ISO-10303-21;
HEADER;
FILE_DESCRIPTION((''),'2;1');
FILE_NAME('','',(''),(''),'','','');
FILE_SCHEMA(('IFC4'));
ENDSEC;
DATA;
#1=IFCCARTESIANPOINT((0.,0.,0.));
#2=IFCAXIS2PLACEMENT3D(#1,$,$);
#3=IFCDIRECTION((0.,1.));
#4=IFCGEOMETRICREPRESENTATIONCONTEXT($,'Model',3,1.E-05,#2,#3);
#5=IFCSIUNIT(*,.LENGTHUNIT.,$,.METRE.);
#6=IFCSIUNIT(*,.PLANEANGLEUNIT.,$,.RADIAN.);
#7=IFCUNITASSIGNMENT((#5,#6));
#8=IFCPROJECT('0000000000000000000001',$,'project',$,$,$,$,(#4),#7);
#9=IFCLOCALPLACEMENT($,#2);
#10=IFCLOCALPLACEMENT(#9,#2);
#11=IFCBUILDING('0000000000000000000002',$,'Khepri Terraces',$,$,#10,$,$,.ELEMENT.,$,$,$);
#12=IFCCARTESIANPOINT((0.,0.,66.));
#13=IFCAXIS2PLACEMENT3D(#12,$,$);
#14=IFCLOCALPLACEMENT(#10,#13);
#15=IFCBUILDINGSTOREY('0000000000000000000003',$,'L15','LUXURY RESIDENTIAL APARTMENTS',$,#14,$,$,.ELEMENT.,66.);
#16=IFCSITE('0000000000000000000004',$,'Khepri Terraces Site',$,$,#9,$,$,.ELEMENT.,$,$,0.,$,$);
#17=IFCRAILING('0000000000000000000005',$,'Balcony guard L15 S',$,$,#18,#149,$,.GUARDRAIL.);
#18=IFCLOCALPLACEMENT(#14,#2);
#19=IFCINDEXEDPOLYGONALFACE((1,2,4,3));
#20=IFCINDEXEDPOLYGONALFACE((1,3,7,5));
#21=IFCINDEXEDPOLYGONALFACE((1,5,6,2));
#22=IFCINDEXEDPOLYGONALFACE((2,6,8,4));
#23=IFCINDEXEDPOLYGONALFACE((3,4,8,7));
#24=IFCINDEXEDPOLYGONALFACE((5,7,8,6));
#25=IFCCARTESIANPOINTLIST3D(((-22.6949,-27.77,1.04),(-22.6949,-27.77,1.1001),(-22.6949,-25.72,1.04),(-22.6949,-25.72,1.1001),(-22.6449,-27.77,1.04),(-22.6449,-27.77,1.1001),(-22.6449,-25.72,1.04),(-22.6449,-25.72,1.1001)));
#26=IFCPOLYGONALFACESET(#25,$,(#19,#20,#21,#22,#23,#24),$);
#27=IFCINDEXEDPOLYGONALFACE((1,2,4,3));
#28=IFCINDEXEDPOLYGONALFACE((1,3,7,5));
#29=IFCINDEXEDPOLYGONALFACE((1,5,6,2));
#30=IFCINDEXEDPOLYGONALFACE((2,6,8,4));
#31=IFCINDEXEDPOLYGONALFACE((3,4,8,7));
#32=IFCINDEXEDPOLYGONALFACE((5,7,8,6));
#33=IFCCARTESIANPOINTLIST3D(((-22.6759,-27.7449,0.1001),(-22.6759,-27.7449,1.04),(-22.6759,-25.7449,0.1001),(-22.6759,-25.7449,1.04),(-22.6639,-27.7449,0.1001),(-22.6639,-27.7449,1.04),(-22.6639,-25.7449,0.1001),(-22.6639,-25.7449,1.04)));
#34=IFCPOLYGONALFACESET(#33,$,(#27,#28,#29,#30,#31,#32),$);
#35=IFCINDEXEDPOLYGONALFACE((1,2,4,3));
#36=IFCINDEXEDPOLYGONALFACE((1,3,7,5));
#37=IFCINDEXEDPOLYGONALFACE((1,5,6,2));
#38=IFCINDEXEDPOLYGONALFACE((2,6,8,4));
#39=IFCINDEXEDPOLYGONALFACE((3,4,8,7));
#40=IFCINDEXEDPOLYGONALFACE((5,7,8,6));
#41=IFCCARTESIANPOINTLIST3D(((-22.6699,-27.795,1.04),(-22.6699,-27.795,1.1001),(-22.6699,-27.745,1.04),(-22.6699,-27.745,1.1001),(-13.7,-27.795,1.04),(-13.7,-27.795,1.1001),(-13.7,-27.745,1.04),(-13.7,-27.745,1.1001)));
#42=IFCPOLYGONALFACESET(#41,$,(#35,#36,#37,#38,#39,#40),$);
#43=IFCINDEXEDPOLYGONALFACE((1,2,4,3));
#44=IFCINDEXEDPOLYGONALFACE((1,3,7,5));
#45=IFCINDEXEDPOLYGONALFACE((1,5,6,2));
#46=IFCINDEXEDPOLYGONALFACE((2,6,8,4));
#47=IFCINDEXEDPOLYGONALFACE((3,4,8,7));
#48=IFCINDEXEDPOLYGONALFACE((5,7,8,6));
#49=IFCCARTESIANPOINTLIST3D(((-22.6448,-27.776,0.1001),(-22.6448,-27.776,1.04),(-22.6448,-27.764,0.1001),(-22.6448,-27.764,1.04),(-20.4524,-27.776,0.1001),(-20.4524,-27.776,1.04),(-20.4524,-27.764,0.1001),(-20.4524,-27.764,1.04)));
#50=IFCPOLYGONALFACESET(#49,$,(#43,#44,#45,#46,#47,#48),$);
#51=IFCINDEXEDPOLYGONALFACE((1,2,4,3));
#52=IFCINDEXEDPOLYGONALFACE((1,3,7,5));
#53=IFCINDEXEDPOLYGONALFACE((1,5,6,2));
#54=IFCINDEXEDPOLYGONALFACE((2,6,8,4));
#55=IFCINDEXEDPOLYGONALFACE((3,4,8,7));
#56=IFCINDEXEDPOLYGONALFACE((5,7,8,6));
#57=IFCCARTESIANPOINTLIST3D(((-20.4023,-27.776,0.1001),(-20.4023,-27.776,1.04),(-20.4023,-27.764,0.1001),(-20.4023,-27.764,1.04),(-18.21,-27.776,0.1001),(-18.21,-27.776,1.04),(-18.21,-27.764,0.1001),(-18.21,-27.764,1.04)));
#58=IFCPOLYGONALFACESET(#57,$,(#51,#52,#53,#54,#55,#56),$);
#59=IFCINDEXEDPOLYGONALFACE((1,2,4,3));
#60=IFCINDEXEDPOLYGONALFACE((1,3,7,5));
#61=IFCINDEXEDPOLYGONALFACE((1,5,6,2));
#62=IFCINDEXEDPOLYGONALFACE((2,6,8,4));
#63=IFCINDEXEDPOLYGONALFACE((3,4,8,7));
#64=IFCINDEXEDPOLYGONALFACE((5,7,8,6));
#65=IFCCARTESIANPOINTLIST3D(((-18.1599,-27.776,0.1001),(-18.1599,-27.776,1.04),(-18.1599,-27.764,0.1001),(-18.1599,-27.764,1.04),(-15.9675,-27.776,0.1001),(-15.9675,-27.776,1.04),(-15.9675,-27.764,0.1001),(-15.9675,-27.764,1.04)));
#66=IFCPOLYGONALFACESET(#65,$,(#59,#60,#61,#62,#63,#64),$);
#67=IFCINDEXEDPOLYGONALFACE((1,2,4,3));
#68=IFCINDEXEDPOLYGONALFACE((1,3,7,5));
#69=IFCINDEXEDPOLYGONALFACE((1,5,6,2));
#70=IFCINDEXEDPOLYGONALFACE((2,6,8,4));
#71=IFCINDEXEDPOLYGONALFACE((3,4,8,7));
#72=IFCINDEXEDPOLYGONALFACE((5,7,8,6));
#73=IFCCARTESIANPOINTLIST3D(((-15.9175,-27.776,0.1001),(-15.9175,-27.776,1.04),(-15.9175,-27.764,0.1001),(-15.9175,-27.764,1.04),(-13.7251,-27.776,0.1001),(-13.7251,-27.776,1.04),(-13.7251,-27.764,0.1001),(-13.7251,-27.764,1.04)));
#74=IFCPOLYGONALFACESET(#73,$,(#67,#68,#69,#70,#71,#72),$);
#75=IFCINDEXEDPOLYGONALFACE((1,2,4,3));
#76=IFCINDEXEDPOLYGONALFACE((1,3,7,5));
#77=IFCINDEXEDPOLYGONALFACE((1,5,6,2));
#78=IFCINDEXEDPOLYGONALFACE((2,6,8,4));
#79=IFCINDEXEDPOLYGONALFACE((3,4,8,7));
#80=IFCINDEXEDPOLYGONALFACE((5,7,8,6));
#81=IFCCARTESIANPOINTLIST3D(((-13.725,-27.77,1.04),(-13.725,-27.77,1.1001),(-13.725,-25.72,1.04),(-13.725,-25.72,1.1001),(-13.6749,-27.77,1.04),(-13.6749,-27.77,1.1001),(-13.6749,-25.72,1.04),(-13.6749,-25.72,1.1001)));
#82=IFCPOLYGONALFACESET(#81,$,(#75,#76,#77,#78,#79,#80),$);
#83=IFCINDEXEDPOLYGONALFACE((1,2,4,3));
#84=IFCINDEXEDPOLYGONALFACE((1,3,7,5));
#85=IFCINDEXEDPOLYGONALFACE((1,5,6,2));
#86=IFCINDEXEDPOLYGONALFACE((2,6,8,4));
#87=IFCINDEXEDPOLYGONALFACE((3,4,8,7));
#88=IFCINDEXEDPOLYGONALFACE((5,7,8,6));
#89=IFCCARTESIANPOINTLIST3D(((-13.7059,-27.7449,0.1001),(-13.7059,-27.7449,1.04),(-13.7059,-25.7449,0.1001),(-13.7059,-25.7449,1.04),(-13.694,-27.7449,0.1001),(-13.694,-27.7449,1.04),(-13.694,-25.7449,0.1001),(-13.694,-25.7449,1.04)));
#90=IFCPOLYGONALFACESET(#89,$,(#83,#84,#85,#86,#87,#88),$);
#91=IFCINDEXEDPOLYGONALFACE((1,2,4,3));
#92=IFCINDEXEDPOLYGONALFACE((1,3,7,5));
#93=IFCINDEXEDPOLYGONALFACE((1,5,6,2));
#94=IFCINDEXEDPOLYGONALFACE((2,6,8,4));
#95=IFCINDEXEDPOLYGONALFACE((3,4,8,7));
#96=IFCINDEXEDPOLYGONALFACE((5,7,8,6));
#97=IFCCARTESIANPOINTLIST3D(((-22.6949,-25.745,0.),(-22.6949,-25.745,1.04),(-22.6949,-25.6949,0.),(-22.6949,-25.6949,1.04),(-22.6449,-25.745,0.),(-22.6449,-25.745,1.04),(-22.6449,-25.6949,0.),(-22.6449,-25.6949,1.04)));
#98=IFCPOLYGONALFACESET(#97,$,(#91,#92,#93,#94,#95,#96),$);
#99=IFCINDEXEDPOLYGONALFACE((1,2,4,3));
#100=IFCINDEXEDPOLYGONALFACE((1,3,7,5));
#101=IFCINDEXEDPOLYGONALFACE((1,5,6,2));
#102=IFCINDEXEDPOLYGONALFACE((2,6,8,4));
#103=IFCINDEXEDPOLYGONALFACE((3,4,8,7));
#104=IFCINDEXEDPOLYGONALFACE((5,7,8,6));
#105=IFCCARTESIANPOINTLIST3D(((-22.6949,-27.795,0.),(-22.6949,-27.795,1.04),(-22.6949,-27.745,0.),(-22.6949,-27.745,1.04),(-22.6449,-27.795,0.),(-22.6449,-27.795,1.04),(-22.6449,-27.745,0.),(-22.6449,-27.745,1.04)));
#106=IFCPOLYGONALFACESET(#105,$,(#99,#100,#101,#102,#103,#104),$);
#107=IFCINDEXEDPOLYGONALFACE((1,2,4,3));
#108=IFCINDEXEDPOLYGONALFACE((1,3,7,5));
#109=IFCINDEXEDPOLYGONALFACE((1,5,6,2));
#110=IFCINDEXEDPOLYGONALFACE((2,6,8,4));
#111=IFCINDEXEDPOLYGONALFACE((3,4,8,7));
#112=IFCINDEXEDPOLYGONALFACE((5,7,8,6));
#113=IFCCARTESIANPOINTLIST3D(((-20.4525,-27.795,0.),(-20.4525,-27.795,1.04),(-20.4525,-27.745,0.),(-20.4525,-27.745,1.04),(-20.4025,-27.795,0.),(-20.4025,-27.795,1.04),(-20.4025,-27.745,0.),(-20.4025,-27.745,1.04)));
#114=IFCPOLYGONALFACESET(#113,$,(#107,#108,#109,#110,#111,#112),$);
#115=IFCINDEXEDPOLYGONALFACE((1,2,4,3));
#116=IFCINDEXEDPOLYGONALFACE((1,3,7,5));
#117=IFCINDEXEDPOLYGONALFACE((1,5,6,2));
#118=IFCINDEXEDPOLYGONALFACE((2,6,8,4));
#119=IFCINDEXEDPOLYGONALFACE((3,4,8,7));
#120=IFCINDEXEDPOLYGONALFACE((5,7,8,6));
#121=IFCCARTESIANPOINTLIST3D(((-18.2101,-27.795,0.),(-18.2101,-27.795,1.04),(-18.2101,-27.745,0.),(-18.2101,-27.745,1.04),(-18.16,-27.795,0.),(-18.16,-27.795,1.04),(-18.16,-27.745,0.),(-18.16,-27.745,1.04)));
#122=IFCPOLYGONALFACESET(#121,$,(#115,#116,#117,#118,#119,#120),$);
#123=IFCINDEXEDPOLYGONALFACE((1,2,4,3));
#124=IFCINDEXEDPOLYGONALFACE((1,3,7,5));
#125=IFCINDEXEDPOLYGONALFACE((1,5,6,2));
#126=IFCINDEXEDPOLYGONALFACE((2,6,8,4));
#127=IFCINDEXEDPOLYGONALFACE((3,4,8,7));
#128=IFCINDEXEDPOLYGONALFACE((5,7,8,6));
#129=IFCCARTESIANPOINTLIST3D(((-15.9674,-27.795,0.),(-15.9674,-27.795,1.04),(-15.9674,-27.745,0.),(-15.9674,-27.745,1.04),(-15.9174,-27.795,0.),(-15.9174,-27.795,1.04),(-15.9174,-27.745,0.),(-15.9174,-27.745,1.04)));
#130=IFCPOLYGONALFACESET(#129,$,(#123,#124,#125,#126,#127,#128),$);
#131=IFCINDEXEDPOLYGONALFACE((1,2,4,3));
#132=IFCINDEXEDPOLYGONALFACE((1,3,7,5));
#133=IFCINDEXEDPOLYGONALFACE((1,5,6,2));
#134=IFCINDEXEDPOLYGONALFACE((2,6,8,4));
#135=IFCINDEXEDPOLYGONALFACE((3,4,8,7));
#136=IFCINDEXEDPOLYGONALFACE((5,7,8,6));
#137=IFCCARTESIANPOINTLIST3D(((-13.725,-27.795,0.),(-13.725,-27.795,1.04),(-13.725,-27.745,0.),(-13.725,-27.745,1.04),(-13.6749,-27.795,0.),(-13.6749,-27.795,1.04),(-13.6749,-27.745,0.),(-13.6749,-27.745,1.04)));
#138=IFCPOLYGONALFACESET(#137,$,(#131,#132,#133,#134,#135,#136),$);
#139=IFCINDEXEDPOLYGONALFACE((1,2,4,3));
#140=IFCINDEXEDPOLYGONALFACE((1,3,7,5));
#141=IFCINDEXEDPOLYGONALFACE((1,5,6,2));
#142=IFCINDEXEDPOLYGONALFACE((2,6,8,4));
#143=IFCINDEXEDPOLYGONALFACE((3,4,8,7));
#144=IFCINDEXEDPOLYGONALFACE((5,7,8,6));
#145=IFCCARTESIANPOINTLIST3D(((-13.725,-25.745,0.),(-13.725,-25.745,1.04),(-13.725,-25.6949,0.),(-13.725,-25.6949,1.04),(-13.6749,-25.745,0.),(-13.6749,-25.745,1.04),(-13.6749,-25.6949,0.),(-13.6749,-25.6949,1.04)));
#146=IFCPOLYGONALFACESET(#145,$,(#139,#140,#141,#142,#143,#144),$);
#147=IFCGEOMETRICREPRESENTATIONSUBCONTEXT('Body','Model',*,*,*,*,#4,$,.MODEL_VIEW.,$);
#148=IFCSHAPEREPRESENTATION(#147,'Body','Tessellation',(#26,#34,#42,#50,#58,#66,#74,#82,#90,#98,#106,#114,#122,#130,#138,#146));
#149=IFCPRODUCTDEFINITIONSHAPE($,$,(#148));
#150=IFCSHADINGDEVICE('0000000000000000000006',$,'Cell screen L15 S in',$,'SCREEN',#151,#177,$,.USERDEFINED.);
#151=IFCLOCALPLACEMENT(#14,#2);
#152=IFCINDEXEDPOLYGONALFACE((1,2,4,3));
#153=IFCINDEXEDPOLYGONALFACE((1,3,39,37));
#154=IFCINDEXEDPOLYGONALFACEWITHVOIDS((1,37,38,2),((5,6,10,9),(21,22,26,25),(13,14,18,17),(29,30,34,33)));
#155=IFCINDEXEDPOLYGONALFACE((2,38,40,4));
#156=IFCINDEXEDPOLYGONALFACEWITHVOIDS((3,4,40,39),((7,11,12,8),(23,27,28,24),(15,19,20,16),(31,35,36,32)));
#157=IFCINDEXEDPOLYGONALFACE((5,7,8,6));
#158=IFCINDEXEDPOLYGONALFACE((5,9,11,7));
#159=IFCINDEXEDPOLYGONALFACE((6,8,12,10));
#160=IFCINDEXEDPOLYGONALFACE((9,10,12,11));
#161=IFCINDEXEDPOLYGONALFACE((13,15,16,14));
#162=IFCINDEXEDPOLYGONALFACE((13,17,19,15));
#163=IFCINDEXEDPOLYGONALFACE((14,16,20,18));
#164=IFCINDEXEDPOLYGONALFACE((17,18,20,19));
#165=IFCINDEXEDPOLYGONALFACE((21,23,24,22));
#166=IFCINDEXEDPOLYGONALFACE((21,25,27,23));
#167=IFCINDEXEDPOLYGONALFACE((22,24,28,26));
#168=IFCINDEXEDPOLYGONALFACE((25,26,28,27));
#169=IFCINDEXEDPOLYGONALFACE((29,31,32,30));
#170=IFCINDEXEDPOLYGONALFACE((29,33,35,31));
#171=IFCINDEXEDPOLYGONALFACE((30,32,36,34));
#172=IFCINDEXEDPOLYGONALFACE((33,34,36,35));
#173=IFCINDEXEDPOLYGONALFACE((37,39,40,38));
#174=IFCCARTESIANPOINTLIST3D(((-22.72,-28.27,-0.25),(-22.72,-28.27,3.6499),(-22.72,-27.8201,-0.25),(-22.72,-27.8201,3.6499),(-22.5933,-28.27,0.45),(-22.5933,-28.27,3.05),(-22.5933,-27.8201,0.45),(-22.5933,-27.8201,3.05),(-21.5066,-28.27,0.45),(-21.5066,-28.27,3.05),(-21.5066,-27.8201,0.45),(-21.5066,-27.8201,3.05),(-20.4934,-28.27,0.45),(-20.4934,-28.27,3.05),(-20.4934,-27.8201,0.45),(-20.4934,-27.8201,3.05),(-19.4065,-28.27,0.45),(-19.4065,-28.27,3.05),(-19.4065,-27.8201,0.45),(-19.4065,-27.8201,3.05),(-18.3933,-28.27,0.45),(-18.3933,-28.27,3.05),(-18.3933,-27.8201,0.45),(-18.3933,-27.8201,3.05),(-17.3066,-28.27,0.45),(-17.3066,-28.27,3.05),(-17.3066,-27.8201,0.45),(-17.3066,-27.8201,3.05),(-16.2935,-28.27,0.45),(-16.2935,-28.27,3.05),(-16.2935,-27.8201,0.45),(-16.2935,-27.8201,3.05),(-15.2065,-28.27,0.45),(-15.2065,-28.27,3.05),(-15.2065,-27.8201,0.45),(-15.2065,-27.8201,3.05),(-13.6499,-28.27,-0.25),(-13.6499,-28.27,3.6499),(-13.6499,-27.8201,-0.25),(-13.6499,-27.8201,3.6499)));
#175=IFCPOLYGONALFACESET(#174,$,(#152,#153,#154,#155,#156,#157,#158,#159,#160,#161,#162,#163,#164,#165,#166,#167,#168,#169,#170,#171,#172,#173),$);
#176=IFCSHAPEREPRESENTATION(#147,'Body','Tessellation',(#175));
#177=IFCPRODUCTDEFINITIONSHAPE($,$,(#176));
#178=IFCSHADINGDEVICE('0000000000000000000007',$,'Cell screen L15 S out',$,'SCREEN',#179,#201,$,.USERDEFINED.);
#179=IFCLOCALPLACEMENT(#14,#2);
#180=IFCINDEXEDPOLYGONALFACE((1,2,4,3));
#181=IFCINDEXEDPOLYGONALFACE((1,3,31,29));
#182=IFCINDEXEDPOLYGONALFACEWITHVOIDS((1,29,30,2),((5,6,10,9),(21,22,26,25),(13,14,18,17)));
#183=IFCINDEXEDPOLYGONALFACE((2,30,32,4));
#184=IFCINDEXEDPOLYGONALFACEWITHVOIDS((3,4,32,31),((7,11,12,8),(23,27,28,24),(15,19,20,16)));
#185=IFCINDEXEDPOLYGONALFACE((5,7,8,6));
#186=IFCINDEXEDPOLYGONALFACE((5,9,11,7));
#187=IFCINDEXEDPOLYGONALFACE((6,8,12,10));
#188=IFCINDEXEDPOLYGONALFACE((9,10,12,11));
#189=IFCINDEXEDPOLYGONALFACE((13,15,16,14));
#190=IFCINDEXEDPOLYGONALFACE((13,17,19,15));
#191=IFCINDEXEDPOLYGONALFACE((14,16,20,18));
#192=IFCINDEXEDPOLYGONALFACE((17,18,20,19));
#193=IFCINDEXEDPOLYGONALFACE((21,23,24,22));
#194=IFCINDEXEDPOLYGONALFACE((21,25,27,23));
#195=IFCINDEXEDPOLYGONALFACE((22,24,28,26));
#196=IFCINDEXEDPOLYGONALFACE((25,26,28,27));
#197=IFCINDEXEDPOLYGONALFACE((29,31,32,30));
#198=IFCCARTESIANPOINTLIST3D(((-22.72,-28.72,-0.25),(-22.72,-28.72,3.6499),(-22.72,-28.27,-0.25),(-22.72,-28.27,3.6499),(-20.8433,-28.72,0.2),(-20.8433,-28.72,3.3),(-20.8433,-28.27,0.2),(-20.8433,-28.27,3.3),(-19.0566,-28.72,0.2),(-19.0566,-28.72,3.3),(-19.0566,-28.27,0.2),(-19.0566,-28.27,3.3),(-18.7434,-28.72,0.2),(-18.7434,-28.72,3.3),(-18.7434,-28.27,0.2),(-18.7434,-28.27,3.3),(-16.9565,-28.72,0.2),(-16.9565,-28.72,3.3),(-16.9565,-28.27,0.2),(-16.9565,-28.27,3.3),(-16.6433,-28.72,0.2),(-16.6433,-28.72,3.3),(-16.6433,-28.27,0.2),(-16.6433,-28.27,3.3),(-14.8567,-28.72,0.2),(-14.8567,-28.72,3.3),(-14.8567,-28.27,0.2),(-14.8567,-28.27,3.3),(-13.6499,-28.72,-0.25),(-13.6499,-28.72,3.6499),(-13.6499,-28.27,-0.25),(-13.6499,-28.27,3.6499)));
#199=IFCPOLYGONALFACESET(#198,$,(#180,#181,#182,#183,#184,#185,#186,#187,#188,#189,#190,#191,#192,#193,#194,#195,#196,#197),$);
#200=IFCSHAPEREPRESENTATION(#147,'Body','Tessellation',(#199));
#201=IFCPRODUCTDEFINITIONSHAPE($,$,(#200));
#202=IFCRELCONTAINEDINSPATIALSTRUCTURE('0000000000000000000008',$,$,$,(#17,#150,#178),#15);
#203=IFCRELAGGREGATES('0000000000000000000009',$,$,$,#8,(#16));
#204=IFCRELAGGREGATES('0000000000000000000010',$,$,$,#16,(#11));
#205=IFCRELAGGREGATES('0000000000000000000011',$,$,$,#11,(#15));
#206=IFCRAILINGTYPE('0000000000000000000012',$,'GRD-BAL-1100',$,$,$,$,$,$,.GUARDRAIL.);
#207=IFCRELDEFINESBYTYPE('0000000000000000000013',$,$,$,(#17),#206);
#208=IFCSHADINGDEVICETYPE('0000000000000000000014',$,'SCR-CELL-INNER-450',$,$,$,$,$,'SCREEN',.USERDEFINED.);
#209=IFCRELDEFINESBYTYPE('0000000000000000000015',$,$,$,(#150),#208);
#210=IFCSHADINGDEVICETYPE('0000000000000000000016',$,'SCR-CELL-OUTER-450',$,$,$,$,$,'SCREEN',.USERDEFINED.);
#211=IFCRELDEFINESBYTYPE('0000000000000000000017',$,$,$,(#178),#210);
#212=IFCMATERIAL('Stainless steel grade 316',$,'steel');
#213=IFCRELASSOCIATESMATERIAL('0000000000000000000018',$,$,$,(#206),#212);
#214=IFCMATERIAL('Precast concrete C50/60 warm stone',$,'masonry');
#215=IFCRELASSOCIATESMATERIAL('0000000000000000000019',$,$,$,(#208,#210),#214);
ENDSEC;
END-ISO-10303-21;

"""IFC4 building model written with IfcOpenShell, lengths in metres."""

from ifc_helpers import new_model, si_unit, direction, frame, origin, origin_2d, place, context, subcontext, project, spatial, polyline, rectangle, outline, extrude, material, type_object, element, save


model = new_model("IFC4")

# Units and contexts
model_context = context("Model", 3, precision=1e-05, world=origin(), true_north=direction((0.0, 1.0)))
body_context = subcontext(model_context, "Body", "Model", "MODEL_VIEW")
ifc_project = project(units=[si_unit("LENGTHUNIT", "METRE"), si_unit("PLANEANGLEUNIT", "RADIAN")], contexts=[model_context])

# Site, building, storey
site_placement = place(None, origin())
site = spatial("IfcSite", under=ifc_project, at=site_placement, Name="Khepri Terraces Site", CompositionType="ELEMENT", RefElevation=0.0)
building_placement = place(site_placement, origin())
building = spatial("IfcBuilding", under=site, at=building_placement, Name="Khepri Terraces", CompositionType="ELEMENT")
storey_placement = place(building_placement, frame((0.0, 0.0, 66.0)))
storey = spatial("IfcBuildingStorey", under=building, at=storey_placement, Name="L15", Description="LUXURY RESIDENTIAL APARTMENTS", CompositionType="ELEMENT", Elevation=66.0)

# Shared definitions
ifc_material_1 = material(Name="Precast concrete C50/60 warm stone", Category="masonry")

# Railing
ifc_material_2 = material(Name="Stainless steel grade 316", Category="steel")
railing_type = type_object("IfcRailingType", Name="GRD-BAL-1100", PredefinedType="GUARDRAIL", material=ifc_material_2)
railing_placement = place(storey_placement, frame((-22.6699, -25.72, 0.0)))
element("IfcRailing", 1, at=railing_placement, inside=storey, type_object=railing_type, Name="Balcony guard L15 S", PredefinedType="GUARDRAIL", context=body_context, shape_type="SweptSolid", body=[
    extrude(rectangle(XDim=0.05, YDim=0.0601, at=origin_2d()), frame((0.0, 0.0, 1.0701), z_axis=(0.0, -1.0, 0.0), x_axis=(1.0, 0.0, 0.0)), (0.0, 0.0, 1.0), 2.05),
    extrude(rectangle(XDim=2.0, YDim=0.012, at=origin_2d()), frame((0.0, -1.0249, 0.1001), z_axis=(0.0, 0.0, 1.0), x_axis=(0.0, -1.0, 0.0)), (0.0, 0.0, 1.0), 0.9399),
    extrude(rectangle(XDim=0.05, YDim=0.0601, at=origin_2d()), frame((0.0, -2.05, 1.0701), z_axis=(1.0, 0.0, 0.0), x_axis=(0.0, 1.0, 0.0)), (0.0, 0.0, 1.0), 8.97),
    extrude(rectangle(XDim=2.1924, YDim=0.012, at=origin_2d()), frame((1.1213, -2.05, 0.1001), z_axis=(0.0, 0.0, 1.0), x_axis=(1.0, 0.0, 0.0)), (0.0, 0.0, 1.0), 0.9399),
    extrude(rectangle(XDim=2.1924, YDim=0.012, at=origin_2d()), frame((3.3638, -2.05, 0.1001), z_axis=(0.0, 0.0, 1.0), x_axis=(1.0, 0.0, 0.0)), (0.0, 0.0, 1.0), 0.9399),
    extrude(rectangle(XDim=2.1924, YDim=0.012, at=origin_2d()), frame((5.6062, -2.05, 0.1001), z_axis=(0.0, 0.0, 1.0), x_axis=(1.0, 0.0, 0.0)), (0.0, 0.0, 1.0), 0.9399),
    extrude(rectangle(XDim=2.1924, YDim=0.012, at=origin_2d()), frame((7.8486, -2.05, 0.1001), z_axis=(0.0, 0.0, 1.0), x_axis=(1.0, 0.0, 0.0)), (0.0, 0.0, 1.0), 0.9399),
    extrude(rectangle(XDim=0.05, YDim=0.0601, at=origin_2d()), frame((8.97, -2.05, 1.0701), z_axis=(0.0, 1.0, 0.0), x_axis=(-1.0, 0.0, 0.0)), (0.0, 0.0, 1.0), 2.05),
    extrude(rectangle(XDim=2.0, YDim=0.012, at=origin_2d()), frame((8.97, -1.0249, 0.1001), z_axis=(0.0, 0.0, 1.0), x_axis=(0.0, 1.0, 0.0)), (0.0, 0.0, 1.0), 0.9399),
    extrude(rectangle(XDim=0.05, YDim=0.05, at=origin_2d()), origin(), (0.0, 0.0, 1.0), 1.04),
    extrude(rectangle(XDim=0.05, YDim=0.05, at=origin_2d()), frame((0.0, -2.05, 0.0)), (0.0, 0.0, 1.0), 1.04),
    extrude(rectangle(XDim=0.05, YDim=0.05, at=origin_2d()), frame((2.2424, -2.05, 0.0)), (0.0, 0.0, 1.0), 1.04),
    extrude(rectangle(XDim=0.05, YDim=0.05, at=origin_2d()), frame((4.4849, -2.05, 0.0)), (0.0, 0.0, 1.0), 1.04),
    extrude(rectangle(XDim=0.05, YDim=0.05, at=origin_2d()), frame((6.7275, -2.05, 0.0)), (0.0, 0.0, 1.0), 1.04),
    extrude(rectangle(XDim=0.05, YDim=0.05, at=origin_2d()), frame((8.97, -2.05, 0.0)), (0.0, 0.0, 1.0), 1.04),
    extrude(rectangle(XDim=0.05, YDim=0.05, at=origin_2d()), frame((8.97, 0.0, 0.0)), (0.0, 0.0, 1.0), 1.04),
])

# Shading devices
shading_device_type_1 = type_object("IfcShadingDeviceType", Name="SCR-CELL-INNER-450", ElementType="SCREEN", PredefinedType="USERDEFINED", material=ifc_material_1)
shading_device_1_placement = place(storey_placement, frame((-22.72, -27.8201, -0.25), z_axis=(0.0, -1.0, 0.0), x_axis=(1.0, 0.0, 0.0)))
element("IfcShadingDevice", 2, at=shading_device_1_placement, inside=storey, type_object=shading_device_type_1, Name="Cell screen L15 S in", ObjectType="SCREEN", PredefinedType="USERDEFINED", context=body_context, shape_type="SweptSolid", body=[
    extrude(outline(polyline([(0.0, 0.0), (9.0701, 0.0), (9.0701, 3.8999), (0.0, 3.8999), (0.0, 0.0)]), holes=[polyline([(0.1267, 0.7), (1.2134, 0.7), (1.2134, 3.3), (0.1267, 3.3), (0.1267, 0.7)]), polyline([(2.2266, 0.7), (3.3135, 0.7), (3.3135, 3.3), (2.2266, 3.3), (2.2266, 0.7)]), polyline([(4.3267, 0.7), (5.4133, 0.7), (5.4133, 3.3), (4.3267, 3.3), (4.3267, 0.7)]), polyline([(6.4265, 0.7), (7.5134, 0.7), (7.5134, 3.3), (6.4265, 3.3), (6.4265, 0.7)])]), origin(), (0.0, 0.0, 1.0), 0.45),
])
shading_device_type_2 = type_object("IfcShadingDeviceType", Name="SCR-CELL-OUTER-450", ElementType="SCREEN", PredefinedType="USERDEFINED", material=ifc_material_1)
shading_device_2_placement = place(storey_placement, frame((-22.72, -28.27, -0.25), z_axis=(0.0, -1.0, 0.0), x_axis=(1.0, 0.0, 0.0)))
element("IfcShadingDevice", 3, at=shading_device_2_placement, inside=storey, type_object=shading_device_type_2, Name="Cell screen L15 S out", ObjectType="SCREEN", PredefinedType="USERDEFINED", context=body_context, shape_type="SweptSolid", body=[
    extrude(outline(polyline([(0.0, 0.0), (9.0701, 0.0), (9.0701, 3.8999), (0.0, 3.8999), (0.0, 0.0)]), holes=[polyline([(1.8767, 0.45), (3.6633, 0.45), (3.6633, 3.55), (1.8767, 3.55), (1.8767, 0.45)]), polyline([(3.9766, 0.45), (5.7634, 0.45), (5.7634, 3.55), (3.9766, 3.55), (3.9766, 0.45)]), polyline([(6.0767, 0.45), (7.8633, 0.45), (7.8633, 3.55), (6.0767, 3.55), (6.0767, 0.45)])]), origin(), (0.0, 0.0, 1.0), 0.45),
])

save(model, "model.ifc")
